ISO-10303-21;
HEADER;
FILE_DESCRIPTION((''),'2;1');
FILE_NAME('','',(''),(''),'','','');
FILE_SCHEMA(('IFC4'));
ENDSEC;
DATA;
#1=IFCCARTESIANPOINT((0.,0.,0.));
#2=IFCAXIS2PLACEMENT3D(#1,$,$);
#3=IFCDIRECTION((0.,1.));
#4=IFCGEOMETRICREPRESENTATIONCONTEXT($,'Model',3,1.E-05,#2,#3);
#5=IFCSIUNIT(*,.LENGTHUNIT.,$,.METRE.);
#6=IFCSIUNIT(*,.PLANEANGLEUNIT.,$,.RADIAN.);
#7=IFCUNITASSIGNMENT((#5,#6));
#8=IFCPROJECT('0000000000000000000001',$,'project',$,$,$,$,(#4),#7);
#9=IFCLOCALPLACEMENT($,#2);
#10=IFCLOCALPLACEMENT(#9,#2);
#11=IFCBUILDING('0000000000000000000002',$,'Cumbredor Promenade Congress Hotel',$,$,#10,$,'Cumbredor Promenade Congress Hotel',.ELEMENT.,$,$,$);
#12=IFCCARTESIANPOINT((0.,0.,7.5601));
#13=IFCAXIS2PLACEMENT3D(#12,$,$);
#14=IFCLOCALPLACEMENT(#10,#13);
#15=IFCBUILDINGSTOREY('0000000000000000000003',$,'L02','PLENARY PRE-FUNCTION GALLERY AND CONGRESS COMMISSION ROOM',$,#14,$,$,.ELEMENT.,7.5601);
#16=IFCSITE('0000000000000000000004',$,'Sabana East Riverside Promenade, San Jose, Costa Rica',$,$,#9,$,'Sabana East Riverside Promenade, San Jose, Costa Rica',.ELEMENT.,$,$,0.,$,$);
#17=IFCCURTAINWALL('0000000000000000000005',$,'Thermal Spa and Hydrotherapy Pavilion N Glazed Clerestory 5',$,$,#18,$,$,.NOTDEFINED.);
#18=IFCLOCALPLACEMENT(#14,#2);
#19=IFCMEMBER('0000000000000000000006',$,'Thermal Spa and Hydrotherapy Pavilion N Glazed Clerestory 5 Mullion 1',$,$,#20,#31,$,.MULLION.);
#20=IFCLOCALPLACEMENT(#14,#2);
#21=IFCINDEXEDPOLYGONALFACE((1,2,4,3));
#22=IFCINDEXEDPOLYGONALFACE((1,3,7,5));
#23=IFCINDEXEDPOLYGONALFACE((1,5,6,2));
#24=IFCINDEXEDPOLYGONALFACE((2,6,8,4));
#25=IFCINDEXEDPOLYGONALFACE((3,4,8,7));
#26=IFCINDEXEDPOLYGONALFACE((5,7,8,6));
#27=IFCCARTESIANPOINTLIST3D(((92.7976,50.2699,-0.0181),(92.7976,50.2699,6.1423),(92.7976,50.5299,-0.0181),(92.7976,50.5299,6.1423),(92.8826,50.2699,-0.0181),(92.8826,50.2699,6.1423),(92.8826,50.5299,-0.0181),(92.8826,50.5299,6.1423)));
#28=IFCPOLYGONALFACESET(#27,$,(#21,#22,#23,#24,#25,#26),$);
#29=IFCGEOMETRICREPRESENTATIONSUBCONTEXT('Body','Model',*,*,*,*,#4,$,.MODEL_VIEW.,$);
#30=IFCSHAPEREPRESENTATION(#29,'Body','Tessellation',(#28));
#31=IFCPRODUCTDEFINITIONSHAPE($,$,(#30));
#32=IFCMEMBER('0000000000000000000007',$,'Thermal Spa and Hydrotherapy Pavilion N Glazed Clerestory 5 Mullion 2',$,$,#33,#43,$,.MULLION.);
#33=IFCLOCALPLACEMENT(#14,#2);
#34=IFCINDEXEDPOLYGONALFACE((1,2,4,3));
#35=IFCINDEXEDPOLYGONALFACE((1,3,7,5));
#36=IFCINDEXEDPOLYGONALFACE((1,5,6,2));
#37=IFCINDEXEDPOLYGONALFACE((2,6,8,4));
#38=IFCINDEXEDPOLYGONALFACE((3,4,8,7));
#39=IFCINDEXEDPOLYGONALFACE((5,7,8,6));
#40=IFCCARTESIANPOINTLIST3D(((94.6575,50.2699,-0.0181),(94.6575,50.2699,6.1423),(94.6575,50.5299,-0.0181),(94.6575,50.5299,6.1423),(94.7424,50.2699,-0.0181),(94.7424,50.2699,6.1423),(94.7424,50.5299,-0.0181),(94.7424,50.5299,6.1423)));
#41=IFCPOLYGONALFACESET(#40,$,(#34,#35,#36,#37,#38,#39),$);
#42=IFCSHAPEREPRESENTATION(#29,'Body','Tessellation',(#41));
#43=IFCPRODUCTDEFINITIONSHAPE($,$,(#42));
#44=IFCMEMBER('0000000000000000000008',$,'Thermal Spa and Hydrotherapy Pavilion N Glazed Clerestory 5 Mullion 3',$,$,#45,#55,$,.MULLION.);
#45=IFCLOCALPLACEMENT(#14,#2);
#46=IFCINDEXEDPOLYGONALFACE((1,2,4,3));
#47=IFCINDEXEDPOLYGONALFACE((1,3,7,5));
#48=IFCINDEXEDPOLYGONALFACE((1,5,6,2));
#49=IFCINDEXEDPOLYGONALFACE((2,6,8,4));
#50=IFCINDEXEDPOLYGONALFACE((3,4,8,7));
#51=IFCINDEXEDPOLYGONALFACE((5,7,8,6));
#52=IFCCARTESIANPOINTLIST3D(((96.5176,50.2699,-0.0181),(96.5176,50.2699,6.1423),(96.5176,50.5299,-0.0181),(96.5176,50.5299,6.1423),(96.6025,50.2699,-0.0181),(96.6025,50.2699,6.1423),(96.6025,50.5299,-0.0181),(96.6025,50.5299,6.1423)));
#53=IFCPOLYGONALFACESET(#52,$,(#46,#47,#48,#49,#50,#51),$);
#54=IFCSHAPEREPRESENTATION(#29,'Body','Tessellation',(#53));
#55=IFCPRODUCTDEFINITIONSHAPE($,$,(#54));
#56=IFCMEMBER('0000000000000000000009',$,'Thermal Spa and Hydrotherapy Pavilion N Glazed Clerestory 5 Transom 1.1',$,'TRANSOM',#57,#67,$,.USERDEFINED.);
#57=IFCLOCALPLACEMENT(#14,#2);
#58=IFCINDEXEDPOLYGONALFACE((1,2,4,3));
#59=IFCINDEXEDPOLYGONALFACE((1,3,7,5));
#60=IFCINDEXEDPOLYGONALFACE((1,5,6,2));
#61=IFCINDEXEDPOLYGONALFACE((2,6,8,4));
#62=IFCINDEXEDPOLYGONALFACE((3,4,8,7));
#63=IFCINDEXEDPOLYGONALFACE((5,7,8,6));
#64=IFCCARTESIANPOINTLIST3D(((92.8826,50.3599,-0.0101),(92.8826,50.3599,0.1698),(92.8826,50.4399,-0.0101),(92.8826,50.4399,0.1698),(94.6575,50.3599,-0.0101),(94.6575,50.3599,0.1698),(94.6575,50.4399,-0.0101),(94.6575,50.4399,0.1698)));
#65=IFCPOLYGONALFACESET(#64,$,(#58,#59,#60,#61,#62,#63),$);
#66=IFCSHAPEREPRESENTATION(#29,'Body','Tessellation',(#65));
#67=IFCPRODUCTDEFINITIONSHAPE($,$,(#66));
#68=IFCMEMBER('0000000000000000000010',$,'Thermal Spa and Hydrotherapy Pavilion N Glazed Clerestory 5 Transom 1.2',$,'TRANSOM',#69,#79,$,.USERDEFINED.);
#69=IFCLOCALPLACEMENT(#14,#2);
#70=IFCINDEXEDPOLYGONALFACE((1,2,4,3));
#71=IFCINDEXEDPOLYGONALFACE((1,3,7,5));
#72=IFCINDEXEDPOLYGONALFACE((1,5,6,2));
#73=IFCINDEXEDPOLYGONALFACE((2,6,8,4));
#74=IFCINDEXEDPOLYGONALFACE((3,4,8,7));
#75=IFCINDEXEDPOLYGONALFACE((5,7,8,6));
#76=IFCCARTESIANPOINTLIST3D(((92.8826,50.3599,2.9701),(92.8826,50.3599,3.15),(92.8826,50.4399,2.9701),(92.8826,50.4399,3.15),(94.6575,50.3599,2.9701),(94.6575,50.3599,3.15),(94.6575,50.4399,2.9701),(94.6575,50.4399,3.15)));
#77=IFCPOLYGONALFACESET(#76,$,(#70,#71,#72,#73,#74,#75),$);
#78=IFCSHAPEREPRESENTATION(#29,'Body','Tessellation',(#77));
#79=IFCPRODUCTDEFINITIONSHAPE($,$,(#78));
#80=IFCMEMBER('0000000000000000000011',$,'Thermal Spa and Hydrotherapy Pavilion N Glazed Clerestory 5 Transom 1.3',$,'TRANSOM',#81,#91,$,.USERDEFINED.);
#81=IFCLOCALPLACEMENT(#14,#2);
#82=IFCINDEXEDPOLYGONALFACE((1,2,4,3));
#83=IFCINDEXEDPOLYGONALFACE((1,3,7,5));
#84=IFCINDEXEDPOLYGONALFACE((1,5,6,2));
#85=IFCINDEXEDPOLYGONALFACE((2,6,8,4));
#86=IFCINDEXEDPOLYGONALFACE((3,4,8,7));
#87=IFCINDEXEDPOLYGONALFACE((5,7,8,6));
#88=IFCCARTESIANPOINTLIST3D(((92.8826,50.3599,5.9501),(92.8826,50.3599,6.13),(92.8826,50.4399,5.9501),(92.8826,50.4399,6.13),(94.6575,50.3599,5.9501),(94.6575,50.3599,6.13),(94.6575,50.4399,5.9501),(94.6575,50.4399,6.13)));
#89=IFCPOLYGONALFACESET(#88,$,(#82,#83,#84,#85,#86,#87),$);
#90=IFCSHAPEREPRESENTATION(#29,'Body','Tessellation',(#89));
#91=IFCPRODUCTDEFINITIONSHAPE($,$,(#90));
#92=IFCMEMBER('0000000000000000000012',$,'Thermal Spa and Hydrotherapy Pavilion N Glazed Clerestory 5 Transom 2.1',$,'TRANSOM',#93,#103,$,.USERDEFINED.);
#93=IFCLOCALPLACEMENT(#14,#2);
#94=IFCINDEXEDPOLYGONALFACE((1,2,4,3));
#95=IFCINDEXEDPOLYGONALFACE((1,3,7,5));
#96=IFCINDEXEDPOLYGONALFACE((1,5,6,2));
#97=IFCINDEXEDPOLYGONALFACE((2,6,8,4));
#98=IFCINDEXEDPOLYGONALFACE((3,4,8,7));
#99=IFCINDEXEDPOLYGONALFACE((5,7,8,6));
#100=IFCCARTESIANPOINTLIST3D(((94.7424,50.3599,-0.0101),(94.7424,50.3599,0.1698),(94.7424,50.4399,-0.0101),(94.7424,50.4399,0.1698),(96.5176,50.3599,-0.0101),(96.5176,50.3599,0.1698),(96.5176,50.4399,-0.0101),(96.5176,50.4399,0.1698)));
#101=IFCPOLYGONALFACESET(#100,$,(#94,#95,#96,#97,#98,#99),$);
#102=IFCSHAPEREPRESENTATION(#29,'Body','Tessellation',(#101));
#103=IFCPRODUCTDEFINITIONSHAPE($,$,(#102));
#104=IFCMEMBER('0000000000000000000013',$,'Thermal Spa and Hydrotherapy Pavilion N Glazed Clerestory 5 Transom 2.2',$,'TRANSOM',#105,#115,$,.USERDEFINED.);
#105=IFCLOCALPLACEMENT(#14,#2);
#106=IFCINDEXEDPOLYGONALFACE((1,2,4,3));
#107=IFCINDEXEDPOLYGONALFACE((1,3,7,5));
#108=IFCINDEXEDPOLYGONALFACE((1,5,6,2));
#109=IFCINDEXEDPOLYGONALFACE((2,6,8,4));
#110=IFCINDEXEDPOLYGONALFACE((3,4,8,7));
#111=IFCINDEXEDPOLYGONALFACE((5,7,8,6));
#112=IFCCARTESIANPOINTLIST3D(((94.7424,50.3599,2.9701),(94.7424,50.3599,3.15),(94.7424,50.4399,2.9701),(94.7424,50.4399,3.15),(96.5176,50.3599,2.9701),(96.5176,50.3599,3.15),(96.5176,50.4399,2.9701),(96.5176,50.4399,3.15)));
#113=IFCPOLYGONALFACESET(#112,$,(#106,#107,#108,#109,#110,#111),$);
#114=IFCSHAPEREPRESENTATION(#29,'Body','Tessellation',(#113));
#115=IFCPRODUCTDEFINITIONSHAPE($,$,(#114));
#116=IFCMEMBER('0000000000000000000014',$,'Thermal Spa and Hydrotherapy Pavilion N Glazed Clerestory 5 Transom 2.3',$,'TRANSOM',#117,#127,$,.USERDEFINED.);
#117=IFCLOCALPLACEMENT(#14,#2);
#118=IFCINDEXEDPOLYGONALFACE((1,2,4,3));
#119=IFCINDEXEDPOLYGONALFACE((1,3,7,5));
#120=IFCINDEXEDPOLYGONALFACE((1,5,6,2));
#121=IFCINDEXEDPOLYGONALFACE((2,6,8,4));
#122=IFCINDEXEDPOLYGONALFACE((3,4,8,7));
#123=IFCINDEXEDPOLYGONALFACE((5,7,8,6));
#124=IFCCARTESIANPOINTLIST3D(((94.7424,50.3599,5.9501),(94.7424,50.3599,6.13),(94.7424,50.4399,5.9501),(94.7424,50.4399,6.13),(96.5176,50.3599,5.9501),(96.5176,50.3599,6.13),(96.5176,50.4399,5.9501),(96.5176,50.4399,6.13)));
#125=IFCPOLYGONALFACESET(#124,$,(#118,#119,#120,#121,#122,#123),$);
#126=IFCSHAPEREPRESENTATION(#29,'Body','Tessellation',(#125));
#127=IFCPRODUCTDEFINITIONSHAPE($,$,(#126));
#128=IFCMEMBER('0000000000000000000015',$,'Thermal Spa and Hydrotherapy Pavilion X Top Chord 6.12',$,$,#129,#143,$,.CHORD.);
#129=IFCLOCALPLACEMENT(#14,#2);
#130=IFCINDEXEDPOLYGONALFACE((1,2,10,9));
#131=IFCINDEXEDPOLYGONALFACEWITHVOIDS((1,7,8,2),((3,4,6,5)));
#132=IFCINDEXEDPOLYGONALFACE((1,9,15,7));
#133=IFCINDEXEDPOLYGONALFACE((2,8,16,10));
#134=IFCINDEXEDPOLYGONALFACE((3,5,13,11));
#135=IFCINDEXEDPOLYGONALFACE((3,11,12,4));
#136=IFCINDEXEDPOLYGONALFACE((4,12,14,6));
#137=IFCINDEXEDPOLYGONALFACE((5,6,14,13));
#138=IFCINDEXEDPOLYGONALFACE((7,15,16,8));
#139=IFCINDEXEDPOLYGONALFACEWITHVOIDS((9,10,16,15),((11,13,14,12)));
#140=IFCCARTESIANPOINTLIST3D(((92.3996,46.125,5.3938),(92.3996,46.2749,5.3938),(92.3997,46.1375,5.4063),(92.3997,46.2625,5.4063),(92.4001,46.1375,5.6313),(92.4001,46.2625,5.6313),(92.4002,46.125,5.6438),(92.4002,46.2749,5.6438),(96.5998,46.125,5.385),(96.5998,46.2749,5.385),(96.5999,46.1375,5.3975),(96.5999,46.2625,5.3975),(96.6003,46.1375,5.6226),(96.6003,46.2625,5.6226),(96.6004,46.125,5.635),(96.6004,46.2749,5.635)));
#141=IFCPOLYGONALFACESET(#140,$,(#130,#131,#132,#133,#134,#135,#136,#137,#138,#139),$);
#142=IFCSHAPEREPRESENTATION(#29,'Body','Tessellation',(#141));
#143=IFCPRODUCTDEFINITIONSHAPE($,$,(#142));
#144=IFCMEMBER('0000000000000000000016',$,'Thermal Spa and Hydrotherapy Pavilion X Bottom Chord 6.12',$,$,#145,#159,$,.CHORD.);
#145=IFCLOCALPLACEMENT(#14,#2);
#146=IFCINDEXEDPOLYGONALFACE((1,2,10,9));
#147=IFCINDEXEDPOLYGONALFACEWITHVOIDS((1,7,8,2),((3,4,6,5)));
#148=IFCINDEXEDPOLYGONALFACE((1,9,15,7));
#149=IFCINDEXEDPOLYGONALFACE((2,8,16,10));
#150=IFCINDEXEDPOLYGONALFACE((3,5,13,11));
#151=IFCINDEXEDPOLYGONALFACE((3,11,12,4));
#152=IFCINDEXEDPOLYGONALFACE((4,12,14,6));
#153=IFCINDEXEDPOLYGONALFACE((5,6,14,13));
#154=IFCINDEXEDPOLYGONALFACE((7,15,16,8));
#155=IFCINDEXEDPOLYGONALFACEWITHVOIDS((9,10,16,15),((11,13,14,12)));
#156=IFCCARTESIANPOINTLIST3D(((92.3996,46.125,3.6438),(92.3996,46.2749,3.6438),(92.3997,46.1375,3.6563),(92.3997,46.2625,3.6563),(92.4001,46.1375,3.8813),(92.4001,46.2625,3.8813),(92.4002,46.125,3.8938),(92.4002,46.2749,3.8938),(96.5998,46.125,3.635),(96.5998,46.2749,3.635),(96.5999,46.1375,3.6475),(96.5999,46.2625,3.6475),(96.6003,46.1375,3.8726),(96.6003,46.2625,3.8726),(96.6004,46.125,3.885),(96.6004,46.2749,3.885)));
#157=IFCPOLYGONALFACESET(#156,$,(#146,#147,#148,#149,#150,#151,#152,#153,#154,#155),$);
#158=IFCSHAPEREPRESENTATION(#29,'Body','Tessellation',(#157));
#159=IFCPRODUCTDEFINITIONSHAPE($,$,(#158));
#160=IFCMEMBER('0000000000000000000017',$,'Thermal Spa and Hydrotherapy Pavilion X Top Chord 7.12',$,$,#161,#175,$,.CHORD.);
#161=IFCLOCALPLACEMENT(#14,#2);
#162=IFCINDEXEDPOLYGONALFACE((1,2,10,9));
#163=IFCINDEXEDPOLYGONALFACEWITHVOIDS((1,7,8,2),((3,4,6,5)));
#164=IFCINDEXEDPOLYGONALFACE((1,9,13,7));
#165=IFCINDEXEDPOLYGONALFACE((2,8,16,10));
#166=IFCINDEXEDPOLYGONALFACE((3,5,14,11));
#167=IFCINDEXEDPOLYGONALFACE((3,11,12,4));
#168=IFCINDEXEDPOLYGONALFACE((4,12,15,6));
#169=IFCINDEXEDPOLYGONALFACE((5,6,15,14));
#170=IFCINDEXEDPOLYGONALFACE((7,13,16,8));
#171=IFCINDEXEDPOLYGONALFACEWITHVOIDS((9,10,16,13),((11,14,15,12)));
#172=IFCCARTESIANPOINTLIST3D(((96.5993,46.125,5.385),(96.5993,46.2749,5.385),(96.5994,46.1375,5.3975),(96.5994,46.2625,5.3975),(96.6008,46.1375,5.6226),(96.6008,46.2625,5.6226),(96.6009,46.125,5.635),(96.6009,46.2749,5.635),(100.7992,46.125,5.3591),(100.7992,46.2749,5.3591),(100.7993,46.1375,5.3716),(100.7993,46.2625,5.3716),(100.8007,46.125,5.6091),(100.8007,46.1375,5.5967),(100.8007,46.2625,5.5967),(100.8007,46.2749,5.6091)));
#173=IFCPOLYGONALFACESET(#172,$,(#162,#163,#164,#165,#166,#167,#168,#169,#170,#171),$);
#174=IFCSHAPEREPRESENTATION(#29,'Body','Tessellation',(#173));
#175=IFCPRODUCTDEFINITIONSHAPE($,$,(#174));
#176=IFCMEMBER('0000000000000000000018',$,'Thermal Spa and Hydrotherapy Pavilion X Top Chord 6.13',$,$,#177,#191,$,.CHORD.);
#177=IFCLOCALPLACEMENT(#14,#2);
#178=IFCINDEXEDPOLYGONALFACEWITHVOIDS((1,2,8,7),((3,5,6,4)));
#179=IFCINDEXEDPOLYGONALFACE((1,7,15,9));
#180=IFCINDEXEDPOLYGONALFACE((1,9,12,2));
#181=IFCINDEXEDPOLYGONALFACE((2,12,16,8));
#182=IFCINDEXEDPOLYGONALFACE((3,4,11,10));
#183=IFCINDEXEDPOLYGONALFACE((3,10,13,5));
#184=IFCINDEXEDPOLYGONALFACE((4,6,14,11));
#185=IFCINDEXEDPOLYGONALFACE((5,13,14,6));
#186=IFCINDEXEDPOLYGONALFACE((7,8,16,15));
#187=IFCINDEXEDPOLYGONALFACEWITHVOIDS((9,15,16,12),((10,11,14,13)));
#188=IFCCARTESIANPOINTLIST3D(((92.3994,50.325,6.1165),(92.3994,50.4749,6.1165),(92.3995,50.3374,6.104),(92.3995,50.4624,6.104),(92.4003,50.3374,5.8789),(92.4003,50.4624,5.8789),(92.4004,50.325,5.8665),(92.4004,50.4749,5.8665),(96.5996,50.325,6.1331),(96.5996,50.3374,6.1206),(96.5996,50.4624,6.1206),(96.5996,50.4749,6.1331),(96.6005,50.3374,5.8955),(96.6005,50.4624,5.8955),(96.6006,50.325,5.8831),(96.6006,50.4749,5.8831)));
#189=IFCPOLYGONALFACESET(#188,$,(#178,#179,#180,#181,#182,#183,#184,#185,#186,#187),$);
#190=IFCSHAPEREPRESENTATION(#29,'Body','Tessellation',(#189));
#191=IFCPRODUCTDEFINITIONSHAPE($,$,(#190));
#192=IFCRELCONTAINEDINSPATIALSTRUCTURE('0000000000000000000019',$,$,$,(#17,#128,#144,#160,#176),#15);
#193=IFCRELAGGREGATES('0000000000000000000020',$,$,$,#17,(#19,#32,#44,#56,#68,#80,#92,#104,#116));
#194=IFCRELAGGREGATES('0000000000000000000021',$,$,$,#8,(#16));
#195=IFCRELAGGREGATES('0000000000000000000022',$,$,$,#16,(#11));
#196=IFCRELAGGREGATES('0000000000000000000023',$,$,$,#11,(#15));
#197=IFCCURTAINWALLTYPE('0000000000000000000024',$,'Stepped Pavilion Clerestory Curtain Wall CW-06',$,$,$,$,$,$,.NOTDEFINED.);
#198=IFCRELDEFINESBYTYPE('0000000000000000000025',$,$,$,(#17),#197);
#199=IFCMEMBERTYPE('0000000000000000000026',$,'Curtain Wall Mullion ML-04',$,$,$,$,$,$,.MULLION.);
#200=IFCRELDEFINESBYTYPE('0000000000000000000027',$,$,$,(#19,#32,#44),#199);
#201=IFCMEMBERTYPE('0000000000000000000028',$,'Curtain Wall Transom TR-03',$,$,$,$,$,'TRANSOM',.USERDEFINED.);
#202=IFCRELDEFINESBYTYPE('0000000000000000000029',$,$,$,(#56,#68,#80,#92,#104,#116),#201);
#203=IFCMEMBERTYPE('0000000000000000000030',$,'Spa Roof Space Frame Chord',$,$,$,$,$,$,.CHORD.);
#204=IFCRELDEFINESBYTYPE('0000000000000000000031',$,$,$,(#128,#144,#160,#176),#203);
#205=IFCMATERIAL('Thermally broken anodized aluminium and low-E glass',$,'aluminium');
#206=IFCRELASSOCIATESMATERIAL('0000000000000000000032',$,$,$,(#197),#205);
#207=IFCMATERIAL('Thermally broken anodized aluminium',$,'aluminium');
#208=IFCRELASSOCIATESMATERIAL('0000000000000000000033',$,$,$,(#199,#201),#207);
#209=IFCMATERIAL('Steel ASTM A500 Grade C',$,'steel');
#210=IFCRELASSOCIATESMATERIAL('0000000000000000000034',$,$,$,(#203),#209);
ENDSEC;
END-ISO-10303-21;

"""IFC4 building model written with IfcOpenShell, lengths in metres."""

from ifc_helpers import new_model, si_unit, direction, frame, origin, origin_2d, place, context, subcontext, project, spatial, rectangle, hollow_rectangle, extrude, material, material_profile, profile_set, type_object, element, aggregate, save


model = new_model("IFC4")

# Units and contexts
model_context = context("Model", 3, precision=1e-05, world=origin(), true_north=direction((0.0, 1.0)))
body_context = subcontext(model_context, "Body", "Model", "MODEL_VIEW")
ifc_project = project(units=[si_unit("LENGTHUNIT", "METRE"), si_unit("PLANEANGLEUNIT", "RADIAN")], contexts=[model_context])

# Site, building, storey
site_placement = place(None, origin())
site = spatial("IfcSite", under=ifc_project, at=site_placement, Name="Sabana East Riverside Promenade, San Jose, Costa Rica", LongName="Sabana East Riverside Promenade, San Jose, Costa Rica", CompositionType="ELEMENT", RefElevation=0.0)
building_placement = place(site_placement, origin())
building = spatial("IfcBuilding", under=site, at=building_placement, Name="Cumbredor Promenade Congress Hotel", LongName="Cumbredor Promenade Congress Hotel", CompositionType="ELEMENT")
storey_placement = place(building_placement, frame((0.0, 0.0, 7.5601)))
storey = spatial("IfcBuildingStorey", under=building, at=storey_placement, Name="L02", Description="PLENARY PRE-FUNCTION GALLERY AND CONGRESS COMMISSION ROOM", CompositionType="ELEMENT", Elevation=7.5601)

# Curtain wall, members
ifc_material_1 = material(Name="Thermally broken anodized aluminium and low-E glass", Category="aluminium")
curtain_wall_type = type_object("IfcCurtainWallType", Name="Stepped Pavilion Clerestory Curtain Wall CW-06", PredefinedType="NOTDEFINED", material=ifc_material_1)
curtain_wall_placement = place(storey_placement, origin())
curtain_wall = element("IfcCurtainWall", 1, at=curtain_wall_placement, inside=storey, type_object=curtain_wall_type, Name="Thermal Spa and Hydrotherapy Pavilion N Glazed Clerestory 5", PredefinedType="NOTDEFINED")
ifc_material_2 = material(Name="Thermally broken anodized aluminium", Category="aluminium")
ifc_material_profile_1 = material_profile(ifc_material_2, rectangle(XDim=0.085, YDim=0.26, at=origin_2d()), Name="ALU MULLION CLERESTORY 85x260")
ifc_profile_set_1 = profile_set([ifc_material_profile_1], Name="Thermally broken anodized aluminium")
member_type_1 = type_object("IfcMemberType", Name="Curtain Wall Mullion ML-04", PredefinedType="MULLION", material=ifc_profile_set_1)
member_1_placement = place(storey_placement, frame((92.8401, 50.3999, -0.0181), z_axis=(0.0, 0.0, 1.0), x_axis=(1.0, 0.0, 0.0)))
member_1 = element("IfcMember", 2, at=member_1_placement, type_object=member_type_1, Name="Thermal Spa and Hydrotherapy Pavilion N Glazed Clerestory 5 Mullion 1", PredefinedType="MULLION", context=body_context, shape_type="SweptSolid", body=[
    extrude(rectangle(XDim=0.085, YDim=0.26, at=origin_2d()), origin(), (0.0, 0.0, 1.0), 6.1604),
])
member_2_placement = place(storey_placement, frame((94.7, 50.3999, -0.0181), z_axis=(0.0, 0.0, 1.0), x_axis=(1.0, 0.0, 0.0)))
member_2 = element("IfcMember", 3, at=member_2_placement, type_object=member_type_1, Name="Thermal Spa and Hydrotherapy Pavilion N Glazed Clerestory 5 Mullion 2", PredefinedType="MULLION", context=body_context, shape_type="SweptSolid", body=[
    extrude(rectangle(XDim=0.085, YDim=0.26, at=origin_2d()), origin(), (0.0, 0.0, 1.0), 6.1604),
])
member_3_placement = place(storey_placement, frame((96.5601, 50.3999, -0.0181), z_axis=(0.0, 0.0, 1.0), x_axis=(1.0, 0.0, 0.0)))
member_3 = element("IfcMember", 4, at=member_3_placement, type_object=member_type_1, Name="Thermal Spa and Hydrotherapy Pavilion N Glazed Clerestory 5 Mullion 3", PredefinedType="MULLION", context=body_context, shape_type="SweptSolid", body=[
    extrude(rectangle(XDim=0.085, YDim=0.26, at=origin_2d()), origin(), (0.0, 0.0, 1.0), 6.1604),
])
ifc_material_profile_2 = material_profile(ifc_material_2, rectangle(XDim=0.0801, YDim=0.1799, at=origin_2d()), Name="ALU TRANSOM 80x180")
ifc_profile_set_2 = profile_set([ifc_material_profile_2], Name="Thermally broken anodized aluminium")
member_type_2 = type_object("IfcMemberType", Name="Curtain Wall Transom TR-03", ElementType="TRANSOM", PredefinedType="USERDEFINED", material=ifc_profile_set_2)
member_4_placement = place(storey_placement, frame((92.8826, 50.3999, 0.0798), z_axis=(1.0, 0.0, 0.0), x_axis=(0.0, 1.0, 0.0)))
member_4 = element("IfcMember", 5, at=member_4_placement, type_object=member_type_2, Name="Thermal Spa and Hydrotherapy Pavilion N Glazed Clerestory 5 Transom 1.1", ObjectType="TRANSOM", PredefinedType="USERDEFINED", context=body_context, shape_type="SweptSolid", body=[
    extrude(rectangle(XDim=0.0801, YDim=0.1799, at=origin_2d()), origin(), (0.0, 0.0, 1.0), 1.7749),
])
member_5_placement = place(storey_placement, frame((92.8826, 50.3999, 3.0601), z_axis=(1.0, 0.0, 0.0), x_axis=(0.0, 1.0, 0.0)))
member_5 = element("IfcMember", 6, at=member_5_placement, type_object=member_type_2, Name="Thermal Spa and Hydrotherapy Pavilion N Glazed Clerestory 5 Transom 1.2", ObjectType="TRANSOM", PredefinedType="USERDEFINED", context=body_context, shape_type="SweptSolid", body=[
    extrude(rectangle(XDim=0.0801, YDim=0.1799, at=origin_2d()), origin(), (0.0, 0.0, 1.0), 1.7749),
])
member_6_placement = place(storey_placement, frame((92.8826, 50.3999, 6.04), z_axis=(1.0, 0.0, 0.0), x_axis=(0.0, 1.0, 0.0)))
member_6 = element("IfcMember", 7, at=member_6_placement, type_object=member_type_2, Name="Thermal Spa and Hydrotherapy Pavilion N Glazed Clerestory 5 Transom 1.3", ObjectType="TRANSOM", PredefinedType="USERDEFINED", context=body_context, shape_type="SweptSolid", body=[
    extrude(rectangle(XDim=0.0801, YDim=0.1799, at=origin_2d()), origin(), (0.0, 0.0, 1.0), 1.7749),
])
member_7_placement = place(storey_placement, frame((94.7424, 50.3999, 0.0798), z_axis=(1.0, 0.0, 0.0), x_axis=(0.0, 1.0, 0.0)))
member_7 = element("IfcMember", 8, at=member_7_placement, type_object=member_type_2, Name="Thermal Spa and Hydrotherapy Pavilion N Glazed Clerestory 5 Transom 2.1", ObjectType="TRANSOM", PredefinedType="USERDEFINED", context=body_context, shape_type="SweptSolid", body=[
    extrude(rectangle(XDim=0.0801, YDim=0.1799, at=origin_2d()), origin(), (0.0, 0.0, 1.0), 1.7751),
])
member_8_placement = place(storey_placement, frame((94.7424, 50.3999, 3.0601), z_axis=(1.0, 0.0, 0.0), x_axis=(0.0, 1.0, 0.0)))
member_8 = element("IfcMember", 9, at=member_8_placement, type_object=member_type_2, Name="Thermal Spa and Hydrotherapy Pavilion N Glazed Clerestory 5 Transom 2.2", ObjectType="TRANSOM", PredefinedType="USERDEFINED", context=body_context, shape_type="SweptSolid", body=[
    extrude(rectangle(XDim=0.0801, YDim=0.1799, at=origin_2d()), origin(), (0.0, 0.0, 1.0), 1.7751),
])
member_9_placement = place(storey_placement, frame((94.7424, 50.3999, 6.04), z_axis=(1.0, 0.0, 0.0), x_axis=(0.0, 1.0, 0.0)))
member_9 = element("IfcMember", 10, at=member_9_placement, type_object=member_type_2, Name="Thermal Spa and Hydrotherapy Pavilion N Glazed Clerestory 5 Transom 2.3", ObjectType="TRANSOM", PredefinedType="USERDEFINED", context=body_context, shape_type="SweptSolid", body=[
    extrude(rectangle(XDim=0.0801, YDim=0.1799, at=origin_2d()), origin(), (0.0, 0.0, 1.0), 1.7751),
])

# Members
ifc_material_3 = material(Name="Steel ASTM A500 Grade C", Category="steel")
ifc_material_profile_3 = material_profile(ifc_material_3, hollow_rectangle(XDim=0.1499, YDim=0.25, WallThickness=0.0125, at=origin_2d()), Name="HSS 250x150x12.5")
ifc_profile_set_3 = profile_set([ifc_material_profile_3], Name="Steel ASTM A500 Grade C")
member_type_3 = type_object("IfcMemberType", Name="Spa Roof Space Frame Chord", PredefinedType="CHORD", material=ifc_profile_set_3)
for number, where, z_axis, x_axis, name in (
    (11, (92.3999, 46.2, 5.5188), (0.999998, 0.0, -0.002093), (0.0, 1.0, 0.0), "Thermal Spa and Hydrotherapy Pavilion X Top Chord 6.12"),
    (12, (92.3999, 46.2, 3.7688), (0.999998, 0.0, -0.002093), (0.0, 1.0, 0.0), "Thermal Spa and Hydrotherapy Pavilion X Bottom Chord 6.12"),
):
    element("IfcMember", number, at=place(storey_placement, frame(where, z_axis=z_axis, x_axis=x_axis)), inside=storey, type_object=member_type_3, Name=name, PredefinedType="CHORD", context=body_context, shape_type="SweptSolid", body=[
        extrude(hollow_rectangle(XDim=0.1499, YDim=0.25, WallThickness=0.0125, at=origin_2d()), origin(), (0.0, 0.0, 1.0), 4.2002),
    ])
member_10_placement = place(storey_placement, frame((96.6001, 46.2, 5.51), z_axis=(0.999981, 0.0, -0.006162), x_axis=(0.0, 1.0, 0.0)))
element("IfcMember", 13, at=member_10_placement, inside=storey, type_object=member_type_3, Name="Thermal Spa and Hydrotherapy Pavilion X Top Chord 7.12", PredefinedType="CHORD", context=body_context, shape_type="SweptSolid", body=[
    extrude(hollow_rectangle(XDim=0.1499, YDim=0.25, WallThickness=0.0125, at=origin_2d()), origin(), (0.0, 0.0, 1.0), 4.2),
])
for number, where, z_axis, x_axis, name in (
    (14, (92.3999, 50.3999, 5.9915), (0.999992, 0.0, 0.003953), (0.0, 1.0, 0.0), "Thermal Spa and Hydrotherapy Pavilion X Top Chord 6.13"),
):
    element("IfcMember", number, at=place(storey_placement, frame(where, z_axis=z_axis, x_axis=x_axis)), inside=storey, type_object=member_type_3, Name=name, PredefinedType="CHORD", context=body_context, shape_type="SweptSolid", body=[
        extrude(hollow_rectangle(XDim=0.1499, YDim=0.25, WallThickness=0.0125, at=origin_2d()), origin(), (0.0, 0.0, 1.0), 4.2002),
    ])

aggregate(curtain_wall, [member_1, member_2, member_3, member_4, member_5, member_6, member_7, member_8, member_9])

save(model, "model.ifc")
